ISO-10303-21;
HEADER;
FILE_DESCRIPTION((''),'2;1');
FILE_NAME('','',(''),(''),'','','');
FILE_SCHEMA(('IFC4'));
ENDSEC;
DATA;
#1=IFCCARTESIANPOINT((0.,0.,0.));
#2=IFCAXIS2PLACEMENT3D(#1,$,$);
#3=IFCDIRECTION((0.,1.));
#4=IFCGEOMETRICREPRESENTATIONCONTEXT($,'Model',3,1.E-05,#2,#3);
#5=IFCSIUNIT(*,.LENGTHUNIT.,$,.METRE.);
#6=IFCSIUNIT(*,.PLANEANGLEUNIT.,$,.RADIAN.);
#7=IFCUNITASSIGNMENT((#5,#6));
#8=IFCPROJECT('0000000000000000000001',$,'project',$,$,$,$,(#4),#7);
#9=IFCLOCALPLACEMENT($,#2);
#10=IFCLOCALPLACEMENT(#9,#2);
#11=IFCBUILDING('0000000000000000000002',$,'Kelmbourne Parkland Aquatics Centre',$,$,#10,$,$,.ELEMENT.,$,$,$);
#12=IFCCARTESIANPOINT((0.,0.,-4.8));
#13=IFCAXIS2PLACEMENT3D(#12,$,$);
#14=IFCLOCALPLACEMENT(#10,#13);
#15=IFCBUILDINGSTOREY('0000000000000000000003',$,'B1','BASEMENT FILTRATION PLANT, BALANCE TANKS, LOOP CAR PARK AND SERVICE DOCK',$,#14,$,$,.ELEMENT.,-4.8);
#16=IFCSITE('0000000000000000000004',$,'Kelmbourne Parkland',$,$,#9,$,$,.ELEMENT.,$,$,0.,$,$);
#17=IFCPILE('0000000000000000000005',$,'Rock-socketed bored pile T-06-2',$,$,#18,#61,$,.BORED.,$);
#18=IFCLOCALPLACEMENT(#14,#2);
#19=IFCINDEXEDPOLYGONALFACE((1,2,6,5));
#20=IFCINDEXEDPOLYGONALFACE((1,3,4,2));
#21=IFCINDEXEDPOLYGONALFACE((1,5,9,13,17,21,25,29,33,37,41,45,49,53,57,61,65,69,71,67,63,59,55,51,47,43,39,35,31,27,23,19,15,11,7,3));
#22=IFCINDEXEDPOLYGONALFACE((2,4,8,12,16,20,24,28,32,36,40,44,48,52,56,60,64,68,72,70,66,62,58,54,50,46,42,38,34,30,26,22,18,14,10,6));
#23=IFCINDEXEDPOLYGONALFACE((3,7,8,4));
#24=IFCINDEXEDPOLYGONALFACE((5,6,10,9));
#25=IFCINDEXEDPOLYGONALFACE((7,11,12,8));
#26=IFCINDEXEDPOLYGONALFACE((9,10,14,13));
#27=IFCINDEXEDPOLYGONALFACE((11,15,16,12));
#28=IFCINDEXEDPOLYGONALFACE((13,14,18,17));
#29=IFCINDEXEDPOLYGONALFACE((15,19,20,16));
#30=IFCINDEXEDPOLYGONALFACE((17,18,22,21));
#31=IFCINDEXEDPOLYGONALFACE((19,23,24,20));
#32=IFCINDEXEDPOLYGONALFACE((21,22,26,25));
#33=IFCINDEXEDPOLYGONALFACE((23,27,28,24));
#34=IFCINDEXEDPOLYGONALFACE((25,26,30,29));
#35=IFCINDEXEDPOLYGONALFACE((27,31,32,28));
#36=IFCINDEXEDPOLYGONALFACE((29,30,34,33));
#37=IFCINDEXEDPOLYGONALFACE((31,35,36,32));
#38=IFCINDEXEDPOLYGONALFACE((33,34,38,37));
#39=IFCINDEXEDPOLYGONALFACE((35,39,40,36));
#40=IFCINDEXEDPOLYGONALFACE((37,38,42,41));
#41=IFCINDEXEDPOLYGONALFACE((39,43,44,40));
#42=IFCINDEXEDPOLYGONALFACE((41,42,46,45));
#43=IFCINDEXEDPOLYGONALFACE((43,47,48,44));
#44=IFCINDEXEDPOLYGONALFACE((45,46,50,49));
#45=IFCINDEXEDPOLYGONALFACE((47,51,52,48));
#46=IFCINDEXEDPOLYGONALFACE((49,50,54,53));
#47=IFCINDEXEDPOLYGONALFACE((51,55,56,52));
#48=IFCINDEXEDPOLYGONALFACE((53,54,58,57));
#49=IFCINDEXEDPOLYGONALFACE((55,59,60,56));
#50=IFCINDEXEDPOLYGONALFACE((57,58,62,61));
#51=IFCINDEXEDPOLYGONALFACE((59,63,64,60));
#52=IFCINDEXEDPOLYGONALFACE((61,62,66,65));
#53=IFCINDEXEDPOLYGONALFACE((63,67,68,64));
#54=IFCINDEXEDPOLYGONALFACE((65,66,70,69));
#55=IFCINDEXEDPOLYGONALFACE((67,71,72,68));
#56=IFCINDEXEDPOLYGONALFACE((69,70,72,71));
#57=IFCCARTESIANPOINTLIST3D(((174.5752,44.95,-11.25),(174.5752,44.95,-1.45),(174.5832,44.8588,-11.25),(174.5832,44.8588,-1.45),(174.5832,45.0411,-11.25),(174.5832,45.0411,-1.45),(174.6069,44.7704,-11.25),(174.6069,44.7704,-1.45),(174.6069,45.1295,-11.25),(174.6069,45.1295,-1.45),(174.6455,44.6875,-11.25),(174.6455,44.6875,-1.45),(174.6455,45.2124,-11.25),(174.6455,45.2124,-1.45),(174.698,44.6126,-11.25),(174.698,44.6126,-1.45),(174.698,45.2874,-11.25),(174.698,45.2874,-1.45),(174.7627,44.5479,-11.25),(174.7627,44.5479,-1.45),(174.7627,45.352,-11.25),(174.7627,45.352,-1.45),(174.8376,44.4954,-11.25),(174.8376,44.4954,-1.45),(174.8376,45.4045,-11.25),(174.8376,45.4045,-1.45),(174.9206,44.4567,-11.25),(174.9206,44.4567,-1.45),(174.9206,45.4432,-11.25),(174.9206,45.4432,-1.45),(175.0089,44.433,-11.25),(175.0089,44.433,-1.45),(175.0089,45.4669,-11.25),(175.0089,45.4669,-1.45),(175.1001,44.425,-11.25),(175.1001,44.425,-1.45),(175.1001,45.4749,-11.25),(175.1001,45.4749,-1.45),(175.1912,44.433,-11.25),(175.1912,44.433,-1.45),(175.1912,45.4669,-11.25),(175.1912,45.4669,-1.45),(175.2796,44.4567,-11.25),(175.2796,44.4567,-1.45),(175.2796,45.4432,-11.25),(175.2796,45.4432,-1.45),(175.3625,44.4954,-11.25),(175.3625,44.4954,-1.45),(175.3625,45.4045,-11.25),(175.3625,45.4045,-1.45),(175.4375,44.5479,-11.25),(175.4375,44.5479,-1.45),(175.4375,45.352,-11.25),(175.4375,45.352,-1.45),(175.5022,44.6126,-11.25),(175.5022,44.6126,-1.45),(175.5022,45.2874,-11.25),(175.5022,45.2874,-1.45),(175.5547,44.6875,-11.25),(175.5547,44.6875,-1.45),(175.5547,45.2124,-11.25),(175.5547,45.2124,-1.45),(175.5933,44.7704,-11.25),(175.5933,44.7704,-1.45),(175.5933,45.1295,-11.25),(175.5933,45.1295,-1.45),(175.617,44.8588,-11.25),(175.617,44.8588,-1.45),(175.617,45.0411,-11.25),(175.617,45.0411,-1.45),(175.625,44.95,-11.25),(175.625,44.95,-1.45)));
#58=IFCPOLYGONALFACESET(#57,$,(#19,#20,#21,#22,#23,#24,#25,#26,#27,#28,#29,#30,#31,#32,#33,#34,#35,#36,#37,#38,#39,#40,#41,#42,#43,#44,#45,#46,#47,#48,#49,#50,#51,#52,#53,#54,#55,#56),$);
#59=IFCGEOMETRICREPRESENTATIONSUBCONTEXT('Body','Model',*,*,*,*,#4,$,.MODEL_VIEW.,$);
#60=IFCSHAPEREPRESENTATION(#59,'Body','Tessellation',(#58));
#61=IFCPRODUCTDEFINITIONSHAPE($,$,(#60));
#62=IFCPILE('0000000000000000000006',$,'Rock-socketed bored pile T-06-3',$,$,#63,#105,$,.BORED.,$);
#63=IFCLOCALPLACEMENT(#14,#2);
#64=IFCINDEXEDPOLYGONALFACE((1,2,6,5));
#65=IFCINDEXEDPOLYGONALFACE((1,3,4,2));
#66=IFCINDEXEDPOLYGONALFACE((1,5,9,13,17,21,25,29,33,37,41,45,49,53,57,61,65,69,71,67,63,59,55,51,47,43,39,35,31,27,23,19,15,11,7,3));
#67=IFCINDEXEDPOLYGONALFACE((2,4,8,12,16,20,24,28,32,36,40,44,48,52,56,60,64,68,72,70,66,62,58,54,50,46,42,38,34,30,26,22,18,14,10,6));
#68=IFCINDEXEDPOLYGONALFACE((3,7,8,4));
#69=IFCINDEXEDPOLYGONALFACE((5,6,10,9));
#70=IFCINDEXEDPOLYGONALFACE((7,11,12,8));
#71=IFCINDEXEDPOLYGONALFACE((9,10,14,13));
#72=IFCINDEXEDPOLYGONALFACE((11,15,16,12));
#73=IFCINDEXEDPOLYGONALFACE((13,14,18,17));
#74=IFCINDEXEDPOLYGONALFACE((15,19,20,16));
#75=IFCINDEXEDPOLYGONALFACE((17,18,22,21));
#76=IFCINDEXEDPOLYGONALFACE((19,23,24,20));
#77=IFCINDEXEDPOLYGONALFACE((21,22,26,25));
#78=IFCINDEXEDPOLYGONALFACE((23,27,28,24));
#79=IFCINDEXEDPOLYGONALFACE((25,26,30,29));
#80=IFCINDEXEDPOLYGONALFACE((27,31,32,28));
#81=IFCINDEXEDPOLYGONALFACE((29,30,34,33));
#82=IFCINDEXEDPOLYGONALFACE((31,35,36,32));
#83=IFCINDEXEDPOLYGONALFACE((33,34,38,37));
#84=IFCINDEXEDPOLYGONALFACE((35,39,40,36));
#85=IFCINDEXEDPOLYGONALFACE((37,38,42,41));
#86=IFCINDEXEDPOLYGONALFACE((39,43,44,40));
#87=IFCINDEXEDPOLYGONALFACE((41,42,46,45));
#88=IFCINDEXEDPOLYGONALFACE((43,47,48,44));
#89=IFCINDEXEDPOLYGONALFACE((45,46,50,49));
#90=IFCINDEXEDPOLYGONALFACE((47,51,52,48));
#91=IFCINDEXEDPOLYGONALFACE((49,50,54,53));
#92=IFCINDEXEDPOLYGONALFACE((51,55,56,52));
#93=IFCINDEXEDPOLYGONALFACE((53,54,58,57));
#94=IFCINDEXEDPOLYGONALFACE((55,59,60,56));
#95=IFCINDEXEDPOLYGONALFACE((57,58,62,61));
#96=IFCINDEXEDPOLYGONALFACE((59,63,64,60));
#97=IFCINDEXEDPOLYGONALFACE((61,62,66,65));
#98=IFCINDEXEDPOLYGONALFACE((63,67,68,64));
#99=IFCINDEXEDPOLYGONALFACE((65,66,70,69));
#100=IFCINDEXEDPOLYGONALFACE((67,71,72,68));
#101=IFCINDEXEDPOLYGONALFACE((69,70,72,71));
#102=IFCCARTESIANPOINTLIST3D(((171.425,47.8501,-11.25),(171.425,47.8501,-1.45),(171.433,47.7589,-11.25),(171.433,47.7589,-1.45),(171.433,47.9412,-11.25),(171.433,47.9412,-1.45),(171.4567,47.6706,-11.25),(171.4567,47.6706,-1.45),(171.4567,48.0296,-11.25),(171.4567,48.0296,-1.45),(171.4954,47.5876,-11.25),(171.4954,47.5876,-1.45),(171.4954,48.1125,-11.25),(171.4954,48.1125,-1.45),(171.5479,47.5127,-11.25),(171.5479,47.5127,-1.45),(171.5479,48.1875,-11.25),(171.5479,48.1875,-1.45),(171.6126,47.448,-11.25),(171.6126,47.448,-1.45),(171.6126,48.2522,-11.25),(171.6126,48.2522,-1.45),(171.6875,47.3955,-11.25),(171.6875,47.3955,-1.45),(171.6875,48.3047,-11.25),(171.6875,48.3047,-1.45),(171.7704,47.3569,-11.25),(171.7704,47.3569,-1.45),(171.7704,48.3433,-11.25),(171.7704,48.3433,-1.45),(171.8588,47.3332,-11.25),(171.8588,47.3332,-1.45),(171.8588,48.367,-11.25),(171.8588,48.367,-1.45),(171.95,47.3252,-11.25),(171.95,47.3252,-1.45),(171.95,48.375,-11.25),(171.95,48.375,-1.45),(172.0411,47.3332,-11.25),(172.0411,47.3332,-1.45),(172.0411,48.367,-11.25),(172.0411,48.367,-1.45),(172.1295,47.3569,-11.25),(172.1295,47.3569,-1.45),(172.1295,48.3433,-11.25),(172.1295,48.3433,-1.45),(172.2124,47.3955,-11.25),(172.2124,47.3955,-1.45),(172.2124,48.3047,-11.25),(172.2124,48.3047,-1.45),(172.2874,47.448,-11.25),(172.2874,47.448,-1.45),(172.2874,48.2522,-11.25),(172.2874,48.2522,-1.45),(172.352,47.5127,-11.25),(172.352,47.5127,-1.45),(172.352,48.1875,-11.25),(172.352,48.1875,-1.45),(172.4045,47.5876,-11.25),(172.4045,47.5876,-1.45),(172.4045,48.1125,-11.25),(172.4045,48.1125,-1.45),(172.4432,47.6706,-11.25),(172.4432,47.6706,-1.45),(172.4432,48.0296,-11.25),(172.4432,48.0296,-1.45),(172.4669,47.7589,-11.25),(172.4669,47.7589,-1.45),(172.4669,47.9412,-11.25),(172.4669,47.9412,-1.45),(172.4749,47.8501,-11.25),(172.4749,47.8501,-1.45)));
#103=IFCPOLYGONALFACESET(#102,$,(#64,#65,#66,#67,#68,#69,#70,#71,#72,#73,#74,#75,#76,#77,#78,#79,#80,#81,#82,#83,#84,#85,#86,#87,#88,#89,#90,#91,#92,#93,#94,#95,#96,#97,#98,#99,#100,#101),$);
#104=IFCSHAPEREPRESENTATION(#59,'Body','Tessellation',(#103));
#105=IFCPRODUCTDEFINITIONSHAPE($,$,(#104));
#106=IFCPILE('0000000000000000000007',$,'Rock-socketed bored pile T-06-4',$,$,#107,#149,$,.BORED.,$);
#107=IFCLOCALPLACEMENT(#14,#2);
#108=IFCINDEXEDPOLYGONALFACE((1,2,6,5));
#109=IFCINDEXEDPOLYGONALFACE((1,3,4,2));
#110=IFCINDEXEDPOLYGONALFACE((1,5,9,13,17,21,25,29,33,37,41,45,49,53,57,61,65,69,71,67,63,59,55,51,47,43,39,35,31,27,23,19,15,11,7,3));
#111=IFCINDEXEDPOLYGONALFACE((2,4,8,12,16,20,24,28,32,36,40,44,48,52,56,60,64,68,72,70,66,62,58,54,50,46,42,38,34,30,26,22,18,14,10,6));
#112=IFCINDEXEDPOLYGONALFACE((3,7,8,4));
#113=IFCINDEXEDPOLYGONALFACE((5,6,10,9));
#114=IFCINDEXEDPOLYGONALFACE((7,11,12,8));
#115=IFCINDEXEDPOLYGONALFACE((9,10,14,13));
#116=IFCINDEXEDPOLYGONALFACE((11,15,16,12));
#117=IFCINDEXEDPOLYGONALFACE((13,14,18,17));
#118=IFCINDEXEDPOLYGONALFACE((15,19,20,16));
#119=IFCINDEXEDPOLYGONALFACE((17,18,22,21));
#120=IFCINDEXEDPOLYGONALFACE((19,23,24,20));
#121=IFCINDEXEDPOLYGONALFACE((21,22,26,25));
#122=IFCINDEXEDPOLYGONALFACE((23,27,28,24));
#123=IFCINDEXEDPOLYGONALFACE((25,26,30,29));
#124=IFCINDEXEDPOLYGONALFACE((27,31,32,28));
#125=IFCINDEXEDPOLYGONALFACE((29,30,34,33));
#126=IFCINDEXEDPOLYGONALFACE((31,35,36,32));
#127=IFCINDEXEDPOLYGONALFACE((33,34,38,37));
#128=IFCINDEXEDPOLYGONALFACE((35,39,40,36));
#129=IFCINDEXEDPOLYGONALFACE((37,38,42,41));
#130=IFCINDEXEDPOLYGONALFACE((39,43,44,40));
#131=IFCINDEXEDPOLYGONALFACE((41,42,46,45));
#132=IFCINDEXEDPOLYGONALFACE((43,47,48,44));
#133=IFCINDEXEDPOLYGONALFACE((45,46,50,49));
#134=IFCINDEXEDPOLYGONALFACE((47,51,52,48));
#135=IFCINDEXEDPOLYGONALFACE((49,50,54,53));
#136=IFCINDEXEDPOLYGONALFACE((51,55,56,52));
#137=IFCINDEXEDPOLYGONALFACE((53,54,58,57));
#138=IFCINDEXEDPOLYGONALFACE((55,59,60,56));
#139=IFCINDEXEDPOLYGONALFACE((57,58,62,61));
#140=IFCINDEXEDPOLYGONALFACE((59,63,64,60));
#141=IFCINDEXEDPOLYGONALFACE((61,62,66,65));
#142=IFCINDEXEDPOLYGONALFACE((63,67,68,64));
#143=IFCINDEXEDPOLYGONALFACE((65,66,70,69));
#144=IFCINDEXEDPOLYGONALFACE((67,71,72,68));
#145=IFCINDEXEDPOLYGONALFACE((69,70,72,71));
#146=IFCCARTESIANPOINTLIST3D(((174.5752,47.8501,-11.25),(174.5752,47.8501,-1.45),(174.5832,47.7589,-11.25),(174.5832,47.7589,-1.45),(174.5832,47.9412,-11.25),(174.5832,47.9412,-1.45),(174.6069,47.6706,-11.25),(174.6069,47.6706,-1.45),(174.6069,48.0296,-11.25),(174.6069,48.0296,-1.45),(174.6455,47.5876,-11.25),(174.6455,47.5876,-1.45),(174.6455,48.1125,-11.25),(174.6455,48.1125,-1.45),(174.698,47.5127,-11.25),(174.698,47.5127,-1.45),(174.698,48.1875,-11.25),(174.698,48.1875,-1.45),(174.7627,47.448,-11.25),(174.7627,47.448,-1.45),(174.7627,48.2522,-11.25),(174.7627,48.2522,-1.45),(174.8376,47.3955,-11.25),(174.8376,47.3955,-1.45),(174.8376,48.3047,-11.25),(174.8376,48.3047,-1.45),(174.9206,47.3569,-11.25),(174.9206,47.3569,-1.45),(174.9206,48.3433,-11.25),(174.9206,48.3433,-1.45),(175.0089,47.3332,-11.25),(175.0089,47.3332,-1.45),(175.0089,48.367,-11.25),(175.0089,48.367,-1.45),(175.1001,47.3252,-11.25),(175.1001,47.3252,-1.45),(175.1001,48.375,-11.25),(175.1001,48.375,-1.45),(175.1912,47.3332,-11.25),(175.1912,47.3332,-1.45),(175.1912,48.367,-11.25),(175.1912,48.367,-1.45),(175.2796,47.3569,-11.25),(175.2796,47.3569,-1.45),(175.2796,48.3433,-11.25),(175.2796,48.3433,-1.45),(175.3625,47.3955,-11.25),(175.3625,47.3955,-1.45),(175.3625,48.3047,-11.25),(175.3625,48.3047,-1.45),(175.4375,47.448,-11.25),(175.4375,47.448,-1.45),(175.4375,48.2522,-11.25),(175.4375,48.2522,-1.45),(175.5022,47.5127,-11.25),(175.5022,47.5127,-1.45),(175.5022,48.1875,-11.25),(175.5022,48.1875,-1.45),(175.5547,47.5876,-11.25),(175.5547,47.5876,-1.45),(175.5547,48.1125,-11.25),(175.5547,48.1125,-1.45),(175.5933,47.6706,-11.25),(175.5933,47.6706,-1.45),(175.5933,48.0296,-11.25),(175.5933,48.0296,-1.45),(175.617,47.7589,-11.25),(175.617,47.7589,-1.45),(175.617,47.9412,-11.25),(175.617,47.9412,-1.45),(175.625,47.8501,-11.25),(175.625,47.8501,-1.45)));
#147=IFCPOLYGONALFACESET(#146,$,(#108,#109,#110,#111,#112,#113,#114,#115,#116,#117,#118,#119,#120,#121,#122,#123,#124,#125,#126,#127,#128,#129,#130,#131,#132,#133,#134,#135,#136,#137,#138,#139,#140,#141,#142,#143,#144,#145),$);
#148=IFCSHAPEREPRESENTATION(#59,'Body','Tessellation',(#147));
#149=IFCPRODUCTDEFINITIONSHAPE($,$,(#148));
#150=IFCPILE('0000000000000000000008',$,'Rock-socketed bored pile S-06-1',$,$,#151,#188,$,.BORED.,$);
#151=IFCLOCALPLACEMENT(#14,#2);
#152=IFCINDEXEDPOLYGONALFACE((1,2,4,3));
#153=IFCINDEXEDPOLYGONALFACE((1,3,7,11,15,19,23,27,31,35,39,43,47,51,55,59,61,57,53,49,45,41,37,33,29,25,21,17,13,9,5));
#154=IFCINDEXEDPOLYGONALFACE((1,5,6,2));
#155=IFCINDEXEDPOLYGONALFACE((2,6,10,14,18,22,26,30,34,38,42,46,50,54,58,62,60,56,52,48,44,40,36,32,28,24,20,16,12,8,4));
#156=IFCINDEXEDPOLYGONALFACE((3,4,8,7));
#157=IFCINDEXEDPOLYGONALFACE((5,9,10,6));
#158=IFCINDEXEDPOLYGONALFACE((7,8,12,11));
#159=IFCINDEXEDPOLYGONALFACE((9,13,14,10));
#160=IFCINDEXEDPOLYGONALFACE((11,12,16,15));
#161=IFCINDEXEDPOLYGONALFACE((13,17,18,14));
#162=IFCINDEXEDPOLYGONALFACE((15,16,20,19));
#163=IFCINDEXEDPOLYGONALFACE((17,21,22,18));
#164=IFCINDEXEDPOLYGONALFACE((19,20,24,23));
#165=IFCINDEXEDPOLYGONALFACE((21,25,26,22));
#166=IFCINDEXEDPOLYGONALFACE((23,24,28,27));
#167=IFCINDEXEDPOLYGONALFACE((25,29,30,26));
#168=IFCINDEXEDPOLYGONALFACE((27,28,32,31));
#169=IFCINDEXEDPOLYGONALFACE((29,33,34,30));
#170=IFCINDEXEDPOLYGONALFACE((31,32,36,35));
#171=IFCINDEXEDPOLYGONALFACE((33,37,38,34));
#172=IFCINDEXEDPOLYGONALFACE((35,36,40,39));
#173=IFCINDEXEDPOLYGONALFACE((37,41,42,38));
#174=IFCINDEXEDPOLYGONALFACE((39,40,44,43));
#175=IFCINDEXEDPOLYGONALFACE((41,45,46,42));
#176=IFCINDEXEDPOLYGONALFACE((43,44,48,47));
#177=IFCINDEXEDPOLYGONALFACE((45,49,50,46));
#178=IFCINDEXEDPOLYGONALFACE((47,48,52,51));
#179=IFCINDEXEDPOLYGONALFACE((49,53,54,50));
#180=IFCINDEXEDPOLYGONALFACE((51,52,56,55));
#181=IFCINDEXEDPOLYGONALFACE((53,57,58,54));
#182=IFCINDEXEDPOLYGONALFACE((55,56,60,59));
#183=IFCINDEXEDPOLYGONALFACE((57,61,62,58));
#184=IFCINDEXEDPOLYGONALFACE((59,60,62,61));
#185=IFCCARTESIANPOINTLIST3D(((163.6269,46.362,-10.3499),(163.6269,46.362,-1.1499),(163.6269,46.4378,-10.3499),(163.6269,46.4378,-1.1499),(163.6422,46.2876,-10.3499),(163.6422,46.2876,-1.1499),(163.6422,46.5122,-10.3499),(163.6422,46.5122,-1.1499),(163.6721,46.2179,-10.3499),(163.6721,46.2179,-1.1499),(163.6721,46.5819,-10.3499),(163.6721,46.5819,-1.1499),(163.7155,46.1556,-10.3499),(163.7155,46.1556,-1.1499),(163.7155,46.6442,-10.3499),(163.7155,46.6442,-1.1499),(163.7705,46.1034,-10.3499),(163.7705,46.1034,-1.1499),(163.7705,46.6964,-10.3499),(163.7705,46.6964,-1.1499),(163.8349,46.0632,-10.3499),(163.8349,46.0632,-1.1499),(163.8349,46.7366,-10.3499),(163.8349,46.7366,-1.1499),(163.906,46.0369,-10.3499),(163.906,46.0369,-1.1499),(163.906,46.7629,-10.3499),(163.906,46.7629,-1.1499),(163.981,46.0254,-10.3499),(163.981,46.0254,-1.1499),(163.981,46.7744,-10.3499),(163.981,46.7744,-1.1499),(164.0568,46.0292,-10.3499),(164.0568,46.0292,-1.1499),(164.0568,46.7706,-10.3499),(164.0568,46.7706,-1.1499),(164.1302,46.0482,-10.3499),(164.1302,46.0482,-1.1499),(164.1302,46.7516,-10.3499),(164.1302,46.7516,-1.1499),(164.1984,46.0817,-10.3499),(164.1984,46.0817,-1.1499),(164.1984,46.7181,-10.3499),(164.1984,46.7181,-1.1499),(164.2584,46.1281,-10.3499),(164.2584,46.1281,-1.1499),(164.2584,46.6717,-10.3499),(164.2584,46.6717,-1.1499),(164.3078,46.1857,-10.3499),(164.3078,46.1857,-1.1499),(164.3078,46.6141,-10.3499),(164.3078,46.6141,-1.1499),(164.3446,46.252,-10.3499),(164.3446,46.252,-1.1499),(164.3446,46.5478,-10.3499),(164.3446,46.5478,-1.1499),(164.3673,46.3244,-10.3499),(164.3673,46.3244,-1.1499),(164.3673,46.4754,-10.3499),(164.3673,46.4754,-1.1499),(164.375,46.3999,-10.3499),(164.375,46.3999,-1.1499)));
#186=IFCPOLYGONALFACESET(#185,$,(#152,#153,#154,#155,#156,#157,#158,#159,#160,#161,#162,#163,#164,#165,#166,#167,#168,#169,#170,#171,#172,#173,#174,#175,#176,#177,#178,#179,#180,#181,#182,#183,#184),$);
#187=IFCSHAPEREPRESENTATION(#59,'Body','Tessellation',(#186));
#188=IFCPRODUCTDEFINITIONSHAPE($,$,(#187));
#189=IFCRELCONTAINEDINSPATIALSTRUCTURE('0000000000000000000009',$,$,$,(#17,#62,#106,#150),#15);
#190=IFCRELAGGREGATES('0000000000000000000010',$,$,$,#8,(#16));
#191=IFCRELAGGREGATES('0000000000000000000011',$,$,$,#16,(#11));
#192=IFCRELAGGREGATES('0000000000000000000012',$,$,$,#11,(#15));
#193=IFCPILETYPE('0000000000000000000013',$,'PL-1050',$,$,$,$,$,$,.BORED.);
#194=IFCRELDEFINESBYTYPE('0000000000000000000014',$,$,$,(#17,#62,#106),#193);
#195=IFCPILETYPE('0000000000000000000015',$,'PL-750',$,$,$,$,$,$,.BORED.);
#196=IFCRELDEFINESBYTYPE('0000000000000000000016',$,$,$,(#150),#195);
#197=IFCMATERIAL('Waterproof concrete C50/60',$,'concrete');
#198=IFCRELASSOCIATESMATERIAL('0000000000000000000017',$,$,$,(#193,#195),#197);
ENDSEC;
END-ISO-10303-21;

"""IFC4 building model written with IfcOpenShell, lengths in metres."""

from ifc_helpers import new_model, si_unit, direction, frame, origin, origin_2d, place, context, subcontext, project, spatial, circle, extrude, material, material_profile, profile_set, type_object, element, save


model = new_model("IFC4")

# Units and contexts
model_context = context("Model", 3, precision=1e-05, world=origin(), true_north=direction((0.0, 1.0)))
body_context = subcontext(model_context, "Body", "Model", "MODEL_VIEW")
ifc_project = project(units=[si_unit("LENGTHUNIT", "METRE"), si_unit("PLANEANGLEUNIT", "RADIAN")], contexts=[model_context])

# Site, building, storey
site_placement = place(None, origin())
site = spatial("IfcSite", under=ifc_project, at=site_placement, Name="Kelmbourne Parkland", CompositionType="ELEMENT", RefElevation=0.0)
building_placement = place(site_placement, origin())
building = spatial("IfcBuilding", under=site, at=building_placement, Name="Kelmbourne Parkland Aquatics Centre", CompositionType="ELEMENT")
storey_placement = place(building_placement, frame((0.0, 0.0, -4.8)))
storey = spatial("IfcBuildingStorey", under=building, at=storey_placement, Name="B1", Description="BASEMENT FILTRATION PLANT, BALANCE TANKS, LOOP CAR PARK AND SERVICE DOCK", CompositionType="ELEMENT", Elevation=-4.8)

# Shared definitions
ifc_material_1 = material(Name="Waterproof concrete C50/60", Category="concrete")

# Piles
ifc_material_profile_1 = material_profile(ifc_material_1, circle(Radius=0.5249, at=origin_2d()), Name="PILE D1050")
ifc_profile_set_1 = profile_set([ifc_material_profile_1], Name="Waterproof concrete C50/60")
pile_type_1 = type_object("IfcPileType", Name="PL-1050", PredefinedType="BORED", material=ifc_profile_set_1)
for number, where, z_axis, x_axis, name in (
    (1, (175.1001, 44.95, -1.45), (0.0, 0.0, -1.0), (1.0, 0.0, 0.0), "Rock-socketed bored pile T-06-2"),
    (2, (171.95, 47.8501, -1.45), (0.0, 0.0, -1.0), (1.0, 0.0, 0.0), "Rock-socketed bored pile T-06-3"),
    (3, (175.1001, 47.8501, -1.45), (0.0, 0.0, -1.0), (1.0, 0.0, 0.0), "Rock-socketed bored pile T-06-4"),
):
    element("IfcPile", number, at=place(storey_placement, frame(where, z_axis=z_axis, x_axis=x_axis)), inside=storey, type_object=pile_type_1, Name=name, PredefinedType="BORED", context=body_context, shape_type="SweptSolid", body=[
        extrude(circle(Radius=0.5249, at=origin_2d()), origin(), (0.0, 0.0, 1.0), 9.8),
    ])
ifc_material_profile_2 = material_profile(ifc_material_1, circle(Radius=0.375, at=origin_2d()), Name="PILE D750")
ifc_profile_set_2 = profile_set([ifc_material_profile_2], Name="Waterproof concrete C50/60")
pile_type_2 = type_object("IfcPileType", Name="PL-750", PredefinedType="BORED", material=ifc_profile_set_2)
pile_placement = place(storey_placement, frame((164.0, 46.3999, -1.1499), z_axis=(0.0, 0.0, -1.0), x_axis=(1.0, 0.0, 0.0)))
element("IfcPile", 4, at=pile_placement, inside=storey, type_object=pile_type_2, Name="Rock-socketed bored pile S-06-1", PredefinedType="BORED", context=body_context, shape_type="SweptSolid", body=[
    extrude(circle(Radius=0.375, at=origin_2d()), origin(), (0.0, 0.0, 1.0), 9.2),
])

save(model, "model.ifc")
